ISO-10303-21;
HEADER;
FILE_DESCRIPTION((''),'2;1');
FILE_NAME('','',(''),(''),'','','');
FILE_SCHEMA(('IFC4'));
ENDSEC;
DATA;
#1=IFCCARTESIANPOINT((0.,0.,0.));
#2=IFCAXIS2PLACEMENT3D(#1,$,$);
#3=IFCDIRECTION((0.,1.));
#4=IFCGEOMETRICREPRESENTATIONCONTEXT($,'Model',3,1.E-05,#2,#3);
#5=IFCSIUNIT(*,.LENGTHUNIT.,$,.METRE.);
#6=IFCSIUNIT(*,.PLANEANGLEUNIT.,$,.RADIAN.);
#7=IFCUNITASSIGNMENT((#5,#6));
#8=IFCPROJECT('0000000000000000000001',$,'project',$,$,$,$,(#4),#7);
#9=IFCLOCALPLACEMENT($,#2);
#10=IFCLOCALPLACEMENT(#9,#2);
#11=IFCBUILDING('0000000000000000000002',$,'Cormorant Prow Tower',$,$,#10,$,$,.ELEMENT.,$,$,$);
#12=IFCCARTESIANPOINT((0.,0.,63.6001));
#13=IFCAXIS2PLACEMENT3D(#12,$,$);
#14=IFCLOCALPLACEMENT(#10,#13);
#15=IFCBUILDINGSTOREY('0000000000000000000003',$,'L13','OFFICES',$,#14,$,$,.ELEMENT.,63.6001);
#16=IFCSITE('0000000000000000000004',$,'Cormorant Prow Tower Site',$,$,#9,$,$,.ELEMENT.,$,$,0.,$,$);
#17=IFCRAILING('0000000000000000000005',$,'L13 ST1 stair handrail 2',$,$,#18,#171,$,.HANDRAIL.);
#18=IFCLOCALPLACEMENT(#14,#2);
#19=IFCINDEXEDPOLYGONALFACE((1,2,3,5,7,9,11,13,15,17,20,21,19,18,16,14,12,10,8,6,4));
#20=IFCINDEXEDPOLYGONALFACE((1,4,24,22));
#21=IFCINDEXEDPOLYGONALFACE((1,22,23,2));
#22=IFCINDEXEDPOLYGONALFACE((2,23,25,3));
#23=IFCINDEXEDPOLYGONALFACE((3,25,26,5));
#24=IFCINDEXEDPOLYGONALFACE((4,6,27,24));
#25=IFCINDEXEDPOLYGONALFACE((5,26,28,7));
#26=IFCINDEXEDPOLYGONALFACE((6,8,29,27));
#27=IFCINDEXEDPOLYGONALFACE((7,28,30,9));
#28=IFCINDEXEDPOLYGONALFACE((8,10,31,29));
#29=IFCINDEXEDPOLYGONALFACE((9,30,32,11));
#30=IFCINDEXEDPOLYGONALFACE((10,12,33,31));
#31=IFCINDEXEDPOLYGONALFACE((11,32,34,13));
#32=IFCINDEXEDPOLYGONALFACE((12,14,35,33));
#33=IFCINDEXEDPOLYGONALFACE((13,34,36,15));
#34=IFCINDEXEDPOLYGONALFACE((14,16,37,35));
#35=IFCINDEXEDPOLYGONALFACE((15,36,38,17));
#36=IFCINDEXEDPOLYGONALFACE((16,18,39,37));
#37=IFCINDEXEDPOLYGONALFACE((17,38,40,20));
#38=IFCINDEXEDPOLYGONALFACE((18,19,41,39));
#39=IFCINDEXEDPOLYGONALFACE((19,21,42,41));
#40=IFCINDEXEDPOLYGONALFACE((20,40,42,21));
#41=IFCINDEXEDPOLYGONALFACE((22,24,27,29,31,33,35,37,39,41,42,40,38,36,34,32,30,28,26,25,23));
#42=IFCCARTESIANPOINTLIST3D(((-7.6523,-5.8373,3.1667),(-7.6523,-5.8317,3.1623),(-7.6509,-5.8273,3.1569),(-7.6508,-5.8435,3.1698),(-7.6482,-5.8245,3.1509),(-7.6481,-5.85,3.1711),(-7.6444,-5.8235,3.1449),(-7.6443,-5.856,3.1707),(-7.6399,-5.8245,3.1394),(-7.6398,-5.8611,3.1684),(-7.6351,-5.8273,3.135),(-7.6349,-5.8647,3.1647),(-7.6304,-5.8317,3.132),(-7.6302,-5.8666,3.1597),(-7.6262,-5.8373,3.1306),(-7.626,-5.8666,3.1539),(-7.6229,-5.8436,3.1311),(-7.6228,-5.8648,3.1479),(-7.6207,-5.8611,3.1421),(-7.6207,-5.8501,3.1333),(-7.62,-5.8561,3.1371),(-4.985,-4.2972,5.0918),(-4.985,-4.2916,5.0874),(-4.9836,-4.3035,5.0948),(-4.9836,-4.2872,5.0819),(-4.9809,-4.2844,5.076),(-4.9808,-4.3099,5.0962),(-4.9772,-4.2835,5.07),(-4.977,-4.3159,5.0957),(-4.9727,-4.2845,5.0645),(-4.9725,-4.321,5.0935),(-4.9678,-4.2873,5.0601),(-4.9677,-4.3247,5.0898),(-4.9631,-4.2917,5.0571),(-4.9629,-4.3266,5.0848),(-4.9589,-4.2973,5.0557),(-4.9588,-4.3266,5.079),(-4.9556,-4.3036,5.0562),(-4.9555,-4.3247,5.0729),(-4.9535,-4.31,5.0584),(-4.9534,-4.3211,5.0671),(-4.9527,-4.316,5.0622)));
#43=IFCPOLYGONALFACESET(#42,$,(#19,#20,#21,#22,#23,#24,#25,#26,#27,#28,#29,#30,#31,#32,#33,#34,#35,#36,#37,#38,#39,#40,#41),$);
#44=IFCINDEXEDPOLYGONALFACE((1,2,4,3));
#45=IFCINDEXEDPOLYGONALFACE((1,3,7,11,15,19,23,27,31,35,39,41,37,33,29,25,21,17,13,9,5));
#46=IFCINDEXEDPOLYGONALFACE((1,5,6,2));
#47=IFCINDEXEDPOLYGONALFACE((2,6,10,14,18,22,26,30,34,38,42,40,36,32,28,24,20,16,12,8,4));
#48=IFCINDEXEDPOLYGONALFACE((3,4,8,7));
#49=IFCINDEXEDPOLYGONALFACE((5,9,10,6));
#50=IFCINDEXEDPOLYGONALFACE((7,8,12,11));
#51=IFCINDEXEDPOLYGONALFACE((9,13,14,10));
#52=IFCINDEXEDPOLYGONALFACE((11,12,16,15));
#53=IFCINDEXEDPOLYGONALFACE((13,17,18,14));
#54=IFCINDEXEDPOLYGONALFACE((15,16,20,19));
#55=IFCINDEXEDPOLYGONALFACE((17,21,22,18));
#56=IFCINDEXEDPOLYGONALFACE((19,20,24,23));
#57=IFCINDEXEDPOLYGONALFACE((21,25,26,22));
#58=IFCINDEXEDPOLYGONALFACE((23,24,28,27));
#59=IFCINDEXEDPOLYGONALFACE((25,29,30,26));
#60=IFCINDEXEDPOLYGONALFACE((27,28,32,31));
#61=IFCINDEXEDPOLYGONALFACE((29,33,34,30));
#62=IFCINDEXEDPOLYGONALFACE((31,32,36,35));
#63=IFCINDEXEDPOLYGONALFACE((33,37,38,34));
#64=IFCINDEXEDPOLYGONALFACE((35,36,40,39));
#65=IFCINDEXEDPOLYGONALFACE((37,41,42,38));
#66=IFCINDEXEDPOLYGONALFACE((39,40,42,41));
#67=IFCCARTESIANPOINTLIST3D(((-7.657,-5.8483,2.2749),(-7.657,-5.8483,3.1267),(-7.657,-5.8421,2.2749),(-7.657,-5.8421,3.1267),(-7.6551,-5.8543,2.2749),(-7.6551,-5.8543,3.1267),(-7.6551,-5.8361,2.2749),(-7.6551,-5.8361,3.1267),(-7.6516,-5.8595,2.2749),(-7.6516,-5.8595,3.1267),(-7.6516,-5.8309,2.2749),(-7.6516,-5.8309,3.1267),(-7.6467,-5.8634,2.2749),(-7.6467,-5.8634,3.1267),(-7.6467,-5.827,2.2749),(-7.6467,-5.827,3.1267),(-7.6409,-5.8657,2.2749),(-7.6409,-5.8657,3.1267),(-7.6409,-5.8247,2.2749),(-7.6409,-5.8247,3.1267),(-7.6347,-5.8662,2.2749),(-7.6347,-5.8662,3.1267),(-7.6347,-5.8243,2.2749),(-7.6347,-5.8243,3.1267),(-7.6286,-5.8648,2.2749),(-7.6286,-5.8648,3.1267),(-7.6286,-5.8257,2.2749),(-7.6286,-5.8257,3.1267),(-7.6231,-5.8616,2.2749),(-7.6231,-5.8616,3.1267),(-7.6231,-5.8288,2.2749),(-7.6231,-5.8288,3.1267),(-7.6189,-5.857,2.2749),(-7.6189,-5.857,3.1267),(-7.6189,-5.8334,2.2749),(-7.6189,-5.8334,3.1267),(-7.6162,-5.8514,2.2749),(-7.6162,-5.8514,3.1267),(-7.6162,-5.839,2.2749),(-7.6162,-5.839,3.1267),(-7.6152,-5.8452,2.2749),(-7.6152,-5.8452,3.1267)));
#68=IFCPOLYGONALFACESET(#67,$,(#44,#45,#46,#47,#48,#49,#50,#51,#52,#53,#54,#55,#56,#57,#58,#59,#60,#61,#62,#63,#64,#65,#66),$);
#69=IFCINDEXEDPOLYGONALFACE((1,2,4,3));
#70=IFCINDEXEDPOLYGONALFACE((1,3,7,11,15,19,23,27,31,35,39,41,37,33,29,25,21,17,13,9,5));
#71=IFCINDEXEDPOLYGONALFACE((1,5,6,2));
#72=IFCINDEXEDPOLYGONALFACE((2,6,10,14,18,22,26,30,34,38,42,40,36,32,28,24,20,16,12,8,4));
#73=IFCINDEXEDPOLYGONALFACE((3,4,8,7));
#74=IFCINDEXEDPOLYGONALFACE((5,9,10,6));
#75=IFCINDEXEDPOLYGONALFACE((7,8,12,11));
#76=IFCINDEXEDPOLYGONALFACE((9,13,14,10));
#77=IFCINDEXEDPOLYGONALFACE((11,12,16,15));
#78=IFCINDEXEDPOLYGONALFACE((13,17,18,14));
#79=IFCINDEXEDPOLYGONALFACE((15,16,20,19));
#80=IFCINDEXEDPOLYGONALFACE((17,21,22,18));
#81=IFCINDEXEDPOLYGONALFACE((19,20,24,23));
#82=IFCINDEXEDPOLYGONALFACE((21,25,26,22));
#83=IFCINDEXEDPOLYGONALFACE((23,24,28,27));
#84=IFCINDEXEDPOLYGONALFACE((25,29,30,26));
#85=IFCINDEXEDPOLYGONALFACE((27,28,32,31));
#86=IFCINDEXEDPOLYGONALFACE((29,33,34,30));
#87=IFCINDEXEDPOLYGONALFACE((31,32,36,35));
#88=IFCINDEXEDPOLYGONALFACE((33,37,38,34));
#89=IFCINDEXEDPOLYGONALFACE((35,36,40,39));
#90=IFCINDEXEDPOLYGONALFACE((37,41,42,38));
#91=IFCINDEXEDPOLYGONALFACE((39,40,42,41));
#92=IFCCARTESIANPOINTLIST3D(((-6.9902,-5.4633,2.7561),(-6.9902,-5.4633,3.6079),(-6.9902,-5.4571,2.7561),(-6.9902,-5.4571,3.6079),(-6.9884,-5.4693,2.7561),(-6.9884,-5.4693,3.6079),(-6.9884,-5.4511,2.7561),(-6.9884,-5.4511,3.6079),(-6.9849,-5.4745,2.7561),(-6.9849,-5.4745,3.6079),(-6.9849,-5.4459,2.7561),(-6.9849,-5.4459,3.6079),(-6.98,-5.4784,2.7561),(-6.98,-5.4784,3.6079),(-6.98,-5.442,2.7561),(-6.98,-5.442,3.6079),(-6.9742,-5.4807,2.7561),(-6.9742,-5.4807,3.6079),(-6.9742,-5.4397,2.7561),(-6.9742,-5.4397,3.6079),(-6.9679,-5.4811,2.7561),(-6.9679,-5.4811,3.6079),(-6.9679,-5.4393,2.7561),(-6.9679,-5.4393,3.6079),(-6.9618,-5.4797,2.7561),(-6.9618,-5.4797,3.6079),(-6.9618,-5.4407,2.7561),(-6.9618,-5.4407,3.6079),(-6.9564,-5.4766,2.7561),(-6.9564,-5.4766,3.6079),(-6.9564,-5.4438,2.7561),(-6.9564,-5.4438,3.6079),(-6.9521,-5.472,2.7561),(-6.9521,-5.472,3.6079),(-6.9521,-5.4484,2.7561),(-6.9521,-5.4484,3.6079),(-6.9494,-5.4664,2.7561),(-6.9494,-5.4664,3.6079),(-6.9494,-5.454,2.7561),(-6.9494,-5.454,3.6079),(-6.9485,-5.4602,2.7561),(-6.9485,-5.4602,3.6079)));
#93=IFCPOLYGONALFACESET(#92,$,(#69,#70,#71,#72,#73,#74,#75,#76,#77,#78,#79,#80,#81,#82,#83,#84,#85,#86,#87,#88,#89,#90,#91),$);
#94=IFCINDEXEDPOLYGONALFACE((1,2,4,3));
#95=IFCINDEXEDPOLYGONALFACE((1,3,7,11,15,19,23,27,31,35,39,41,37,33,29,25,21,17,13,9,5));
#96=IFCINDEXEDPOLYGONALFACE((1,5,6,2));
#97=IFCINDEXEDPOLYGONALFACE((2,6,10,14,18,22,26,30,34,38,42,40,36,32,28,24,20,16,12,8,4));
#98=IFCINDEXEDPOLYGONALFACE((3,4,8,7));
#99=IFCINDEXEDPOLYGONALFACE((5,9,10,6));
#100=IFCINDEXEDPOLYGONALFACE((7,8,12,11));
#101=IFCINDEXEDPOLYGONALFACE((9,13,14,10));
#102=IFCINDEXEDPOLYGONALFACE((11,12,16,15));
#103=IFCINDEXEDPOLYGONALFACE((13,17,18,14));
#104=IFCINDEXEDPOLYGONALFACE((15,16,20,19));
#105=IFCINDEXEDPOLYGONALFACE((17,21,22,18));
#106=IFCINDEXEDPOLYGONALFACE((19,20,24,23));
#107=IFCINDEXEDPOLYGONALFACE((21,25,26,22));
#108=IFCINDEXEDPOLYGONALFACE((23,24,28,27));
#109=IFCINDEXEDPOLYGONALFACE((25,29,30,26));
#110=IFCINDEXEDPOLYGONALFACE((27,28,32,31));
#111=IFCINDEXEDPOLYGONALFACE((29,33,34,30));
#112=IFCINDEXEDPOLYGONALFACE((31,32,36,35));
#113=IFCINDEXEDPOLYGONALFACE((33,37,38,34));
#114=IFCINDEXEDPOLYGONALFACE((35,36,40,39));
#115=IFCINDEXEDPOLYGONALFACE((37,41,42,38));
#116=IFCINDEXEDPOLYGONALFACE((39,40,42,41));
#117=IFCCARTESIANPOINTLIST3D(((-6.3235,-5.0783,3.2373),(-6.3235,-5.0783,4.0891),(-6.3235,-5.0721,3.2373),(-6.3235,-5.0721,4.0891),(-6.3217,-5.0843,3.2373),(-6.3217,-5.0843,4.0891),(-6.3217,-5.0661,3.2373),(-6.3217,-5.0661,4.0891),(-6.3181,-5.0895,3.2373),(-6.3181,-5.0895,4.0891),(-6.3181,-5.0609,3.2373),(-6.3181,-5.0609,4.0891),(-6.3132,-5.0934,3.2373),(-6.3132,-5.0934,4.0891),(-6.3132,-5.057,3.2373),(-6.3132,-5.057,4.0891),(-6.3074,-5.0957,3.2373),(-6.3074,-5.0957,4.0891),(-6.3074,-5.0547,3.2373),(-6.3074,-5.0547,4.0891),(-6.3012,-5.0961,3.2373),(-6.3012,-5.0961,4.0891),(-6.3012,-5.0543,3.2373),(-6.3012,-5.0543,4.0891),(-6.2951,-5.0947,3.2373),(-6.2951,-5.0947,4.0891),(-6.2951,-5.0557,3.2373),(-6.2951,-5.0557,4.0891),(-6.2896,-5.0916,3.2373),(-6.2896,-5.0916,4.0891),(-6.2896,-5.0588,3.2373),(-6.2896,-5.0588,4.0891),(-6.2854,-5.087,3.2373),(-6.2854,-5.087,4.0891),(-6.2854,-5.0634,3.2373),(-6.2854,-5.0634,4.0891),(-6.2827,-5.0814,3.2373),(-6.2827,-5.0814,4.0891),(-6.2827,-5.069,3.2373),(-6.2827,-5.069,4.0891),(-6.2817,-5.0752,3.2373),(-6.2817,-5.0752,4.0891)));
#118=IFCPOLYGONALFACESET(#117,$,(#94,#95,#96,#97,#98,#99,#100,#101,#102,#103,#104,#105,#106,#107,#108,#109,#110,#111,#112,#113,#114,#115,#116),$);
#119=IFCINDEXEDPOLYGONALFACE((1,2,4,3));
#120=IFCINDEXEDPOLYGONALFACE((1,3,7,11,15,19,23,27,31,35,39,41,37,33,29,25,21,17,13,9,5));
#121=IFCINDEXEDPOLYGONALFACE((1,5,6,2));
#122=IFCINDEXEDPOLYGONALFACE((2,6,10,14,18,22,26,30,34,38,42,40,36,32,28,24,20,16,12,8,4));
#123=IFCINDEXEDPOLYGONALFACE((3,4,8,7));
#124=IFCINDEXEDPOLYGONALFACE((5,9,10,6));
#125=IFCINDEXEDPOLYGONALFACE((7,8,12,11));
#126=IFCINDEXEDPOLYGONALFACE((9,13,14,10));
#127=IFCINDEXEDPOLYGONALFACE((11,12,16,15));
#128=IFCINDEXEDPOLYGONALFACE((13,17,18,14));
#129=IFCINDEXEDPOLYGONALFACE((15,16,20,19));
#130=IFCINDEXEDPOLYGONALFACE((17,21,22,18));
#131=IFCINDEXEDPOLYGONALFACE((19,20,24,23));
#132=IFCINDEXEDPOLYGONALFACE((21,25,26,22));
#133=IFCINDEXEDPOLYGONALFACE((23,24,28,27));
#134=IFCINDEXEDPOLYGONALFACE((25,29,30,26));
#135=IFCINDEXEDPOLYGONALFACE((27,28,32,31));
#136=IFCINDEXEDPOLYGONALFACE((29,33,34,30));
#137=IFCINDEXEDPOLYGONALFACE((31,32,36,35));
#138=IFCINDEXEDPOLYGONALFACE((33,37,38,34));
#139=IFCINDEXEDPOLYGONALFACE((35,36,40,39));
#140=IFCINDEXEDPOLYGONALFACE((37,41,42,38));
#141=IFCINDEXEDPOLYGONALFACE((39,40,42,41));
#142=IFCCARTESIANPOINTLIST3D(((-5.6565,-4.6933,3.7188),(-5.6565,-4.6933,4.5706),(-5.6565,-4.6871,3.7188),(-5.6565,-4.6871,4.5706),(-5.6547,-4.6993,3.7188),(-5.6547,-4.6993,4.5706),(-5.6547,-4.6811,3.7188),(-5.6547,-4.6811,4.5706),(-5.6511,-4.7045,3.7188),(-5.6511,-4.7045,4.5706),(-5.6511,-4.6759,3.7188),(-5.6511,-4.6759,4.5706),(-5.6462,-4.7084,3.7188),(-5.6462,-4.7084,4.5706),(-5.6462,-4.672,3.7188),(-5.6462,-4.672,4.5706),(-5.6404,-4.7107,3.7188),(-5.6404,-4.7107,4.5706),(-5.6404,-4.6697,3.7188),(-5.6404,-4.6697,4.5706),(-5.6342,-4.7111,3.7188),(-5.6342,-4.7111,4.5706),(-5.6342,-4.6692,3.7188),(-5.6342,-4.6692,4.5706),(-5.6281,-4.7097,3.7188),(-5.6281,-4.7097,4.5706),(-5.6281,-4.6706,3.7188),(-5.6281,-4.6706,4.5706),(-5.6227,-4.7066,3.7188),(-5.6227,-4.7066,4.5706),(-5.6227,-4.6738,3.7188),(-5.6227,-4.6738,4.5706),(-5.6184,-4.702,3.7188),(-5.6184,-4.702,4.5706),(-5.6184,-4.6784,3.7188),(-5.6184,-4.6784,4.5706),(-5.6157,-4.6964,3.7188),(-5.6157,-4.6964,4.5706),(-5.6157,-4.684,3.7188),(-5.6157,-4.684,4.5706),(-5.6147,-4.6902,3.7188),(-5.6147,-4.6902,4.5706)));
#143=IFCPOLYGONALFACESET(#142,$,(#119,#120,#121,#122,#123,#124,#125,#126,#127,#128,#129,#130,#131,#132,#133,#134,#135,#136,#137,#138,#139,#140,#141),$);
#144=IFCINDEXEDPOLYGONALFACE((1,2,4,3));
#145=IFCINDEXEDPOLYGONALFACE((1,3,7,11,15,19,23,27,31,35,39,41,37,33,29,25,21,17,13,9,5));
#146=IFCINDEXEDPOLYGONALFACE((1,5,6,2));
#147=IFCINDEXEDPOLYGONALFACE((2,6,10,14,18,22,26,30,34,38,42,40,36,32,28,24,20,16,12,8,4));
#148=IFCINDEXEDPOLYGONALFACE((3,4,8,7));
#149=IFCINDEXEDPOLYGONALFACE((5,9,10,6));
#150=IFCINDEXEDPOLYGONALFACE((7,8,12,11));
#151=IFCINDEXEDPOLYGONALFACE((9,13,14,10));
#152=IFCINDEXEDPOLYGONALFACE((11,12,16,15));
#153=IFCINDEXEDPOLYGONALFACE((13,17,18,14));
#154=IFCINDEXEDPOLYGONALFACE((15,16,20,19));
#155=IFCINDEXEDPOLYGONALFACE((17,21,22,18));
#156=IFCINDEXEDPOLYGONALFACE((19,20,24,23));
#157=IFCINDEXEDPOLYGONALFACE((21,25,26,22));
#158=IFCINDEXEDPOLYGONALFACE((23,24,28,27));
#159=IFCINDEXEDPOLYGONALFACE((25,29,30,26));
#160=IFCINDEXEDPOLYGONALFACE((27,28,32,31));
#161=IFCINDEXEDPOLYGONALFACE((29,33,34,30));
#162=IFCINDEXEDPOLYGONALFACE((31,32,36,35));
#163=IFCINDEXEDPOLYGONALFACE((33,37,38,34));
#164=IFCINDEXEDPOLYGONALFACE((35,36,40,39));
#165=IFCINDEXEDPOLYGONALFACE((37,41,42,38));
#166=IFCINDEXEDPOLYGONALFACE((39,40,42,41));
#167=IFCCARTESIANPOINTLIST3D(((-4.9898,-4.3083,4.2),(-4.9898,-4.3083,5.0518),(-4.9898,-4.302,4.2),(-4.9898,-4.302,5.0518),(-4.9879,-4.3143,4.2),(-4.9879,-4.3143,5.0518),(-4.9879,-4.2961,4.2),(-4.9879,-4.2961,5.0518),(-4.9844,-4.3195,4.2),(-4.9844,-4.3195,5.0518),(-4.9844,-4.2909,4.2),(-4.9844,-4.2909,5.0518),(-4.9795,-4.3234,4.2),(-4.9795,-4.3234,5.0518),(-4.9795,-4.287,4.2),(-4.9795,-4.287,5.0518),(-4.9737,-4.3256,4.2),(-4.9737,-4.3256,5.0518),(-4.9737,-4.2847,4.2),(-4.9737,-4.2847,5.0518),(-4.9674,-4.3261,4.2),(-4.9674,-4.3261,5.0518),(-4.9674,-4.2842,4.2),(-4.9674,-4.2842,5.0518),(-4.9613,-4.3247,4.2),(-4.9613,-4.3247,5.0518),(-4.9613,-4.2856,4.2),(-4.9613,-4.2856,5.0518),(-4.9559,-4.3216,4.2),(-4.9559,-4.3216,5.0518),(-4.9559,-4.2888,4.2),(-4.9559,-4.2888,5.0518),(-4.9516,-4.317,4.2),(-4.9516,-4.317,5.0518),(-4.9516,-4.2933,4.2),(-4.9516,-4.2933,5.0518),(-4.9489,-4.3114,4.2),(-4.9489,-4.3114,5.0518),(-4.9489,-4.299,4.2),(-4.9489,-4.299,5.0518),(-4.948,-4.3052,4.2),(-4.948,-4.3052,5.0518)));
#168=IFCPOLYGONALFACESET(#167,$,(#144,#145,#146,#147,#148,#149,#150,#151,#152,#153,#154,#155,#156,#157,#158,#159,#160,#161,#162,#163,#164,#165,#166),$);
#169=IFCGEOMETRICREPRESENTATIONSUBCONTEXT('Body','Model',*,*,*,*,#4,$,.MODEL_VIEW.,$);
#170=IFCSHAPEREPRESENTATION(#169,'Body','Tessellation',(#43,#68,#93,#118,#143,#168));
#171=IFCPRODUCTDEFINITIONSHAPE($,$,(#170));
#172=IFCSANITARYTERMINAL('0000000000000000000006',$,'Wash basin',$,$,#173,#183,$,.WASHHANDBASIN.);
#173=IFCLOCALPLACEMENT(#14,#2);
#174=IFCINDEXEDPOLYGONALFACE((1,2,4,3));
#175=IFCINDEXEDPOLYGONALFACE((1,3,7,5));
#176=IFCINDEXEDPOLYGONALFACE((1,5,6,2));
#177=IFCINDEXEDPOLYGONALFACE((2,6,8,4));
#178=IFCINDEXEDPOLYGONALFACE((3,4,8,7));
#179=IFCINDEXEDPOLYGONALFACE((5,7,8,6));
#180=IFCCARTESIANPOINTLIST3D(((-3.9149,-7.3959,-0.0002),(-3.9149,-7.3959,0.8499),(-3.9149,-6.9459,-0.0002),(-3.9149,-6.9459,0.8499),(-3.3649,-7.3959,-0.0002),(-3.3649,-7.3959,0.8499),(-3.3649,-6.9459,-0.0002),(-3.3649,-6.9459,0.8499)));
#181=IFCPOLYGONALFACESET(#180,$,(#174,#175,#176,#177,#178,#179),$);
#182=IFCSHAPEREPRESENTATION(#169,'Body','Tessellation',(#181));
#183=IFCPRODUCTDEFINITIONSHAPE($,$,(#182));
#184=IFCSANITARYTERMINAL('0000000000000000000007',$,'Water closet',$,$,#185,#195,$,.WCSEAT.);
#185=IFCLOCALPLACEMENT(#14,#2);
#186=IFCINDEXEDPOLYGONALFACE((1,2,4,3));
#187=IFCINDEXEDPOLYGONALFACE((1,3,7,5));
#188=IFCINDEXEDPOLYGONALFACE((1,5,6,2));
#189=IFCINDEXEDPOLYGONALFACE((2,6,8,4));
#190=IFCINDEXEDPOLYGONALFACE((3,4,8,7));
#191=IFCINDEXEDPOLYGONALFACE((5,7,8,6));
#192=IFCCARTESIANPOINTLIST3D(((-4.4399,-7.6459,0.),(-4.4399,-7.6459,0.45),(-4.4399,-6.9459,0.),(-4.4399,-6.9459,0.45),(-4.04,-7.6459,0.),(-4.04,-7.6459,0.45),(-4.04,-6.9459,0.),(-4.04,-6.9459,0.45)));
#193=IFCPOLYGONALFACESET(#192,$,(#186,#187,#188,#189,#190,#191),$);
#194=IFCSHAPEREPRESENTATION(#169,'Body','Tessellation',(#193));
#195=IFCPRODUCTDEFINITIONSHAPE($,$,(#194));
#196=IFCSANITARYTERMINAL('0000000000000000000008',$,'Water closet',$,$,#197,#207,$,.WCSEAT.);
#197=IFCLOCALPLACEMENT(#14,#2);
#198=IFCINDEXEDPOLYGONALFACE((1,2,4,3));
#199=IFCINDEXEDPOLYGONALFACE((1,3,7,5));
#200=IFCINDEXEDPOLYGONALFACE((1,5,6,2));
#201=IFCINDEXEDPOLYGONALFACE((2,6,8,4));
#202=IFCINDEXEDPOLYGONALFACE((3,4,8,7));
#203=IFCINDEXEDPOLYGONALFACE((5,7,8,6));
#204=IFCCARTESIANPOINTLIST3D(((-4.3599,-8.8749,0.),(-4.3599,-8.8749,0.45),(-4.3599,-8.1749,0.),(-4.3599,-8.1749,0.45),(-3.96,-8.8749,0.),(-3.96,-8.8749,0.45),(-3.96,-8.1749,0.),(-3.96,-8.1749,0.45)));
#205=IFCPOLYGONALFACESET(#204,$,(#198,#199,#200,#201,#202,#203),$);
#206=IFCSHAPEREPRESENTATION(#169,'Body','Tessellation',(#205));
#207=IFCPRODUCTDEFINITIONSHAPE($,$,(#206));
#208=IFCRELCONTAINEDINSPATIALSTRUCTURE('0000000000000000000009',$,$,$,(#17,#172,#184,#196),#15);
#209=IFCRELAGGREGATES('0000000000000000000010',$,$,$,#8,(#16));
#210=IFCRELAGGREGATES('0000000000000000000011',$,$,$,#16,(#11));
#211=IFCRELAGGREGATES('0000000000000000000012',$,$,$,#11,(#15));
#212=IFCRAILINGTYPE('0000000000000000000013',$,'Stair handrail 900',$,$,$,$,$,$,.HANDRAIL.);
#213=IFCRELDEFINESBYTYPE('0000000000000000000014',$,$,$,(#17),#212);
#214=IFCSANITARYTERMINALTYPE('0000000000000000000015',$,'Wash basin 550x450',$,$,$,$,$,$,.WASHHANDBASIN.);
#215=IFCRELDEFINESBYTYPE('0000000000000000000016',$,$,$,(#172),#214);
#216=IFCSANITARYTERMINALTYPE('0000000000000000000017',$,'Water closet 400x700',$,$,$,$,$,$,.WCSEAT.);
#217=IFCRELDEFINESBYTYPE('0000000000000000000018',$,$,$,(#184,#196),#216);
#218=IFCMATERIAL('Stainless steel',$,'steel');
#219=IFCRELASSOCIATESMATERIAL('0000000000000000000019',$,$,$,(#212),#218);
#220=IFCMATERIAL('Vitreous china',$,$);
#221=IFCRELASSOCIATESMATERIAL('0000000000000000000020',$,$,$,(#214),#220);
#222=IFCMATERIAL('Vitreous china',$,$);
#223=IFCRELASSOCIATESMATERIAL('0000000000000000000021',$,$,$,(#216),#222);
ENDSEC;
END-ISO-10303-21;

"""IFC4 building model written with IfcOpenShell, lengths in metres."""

from ifc_helpers import new_model, si_unit, direction, frame, origin, origin_2d, place, context, subcontext, project, spatial, rectangle, circle, extrude, material, type_object, element, save


model = new_model("IFC4")

# Units and contexts
model_context = context("Model", 3, precision=1e-05, world=origin(), true_north=direction((0.0, 1.0)))
body_context = subcontext(model_context, "Body", "Model", "MODEL_VIEW")
ifc_project = project(units=[si_unit("LENGTHUNIT", "METRE"), si_unit("PLANEANGLEUNIT", "RADIAN")], contexts=[model_context])

# Site, building, storey
site_placement = place(None, origin())
site = spatial("IfcSite", under=ifc_project, at=site_placement, Name="Cormorant Prow Tower Site", CompositionType="ELEMENT", RefElevation=0.0)
building_placement = place(site_placement, origin())
building = spatial("IfcBuilding", under=site, at=building_placement, Name="Cormorant Prow Tower", CompositionType="ELEMENT")
storey_placement = place(building_placement, frame((0.0, 0.0, 63.6001)))
storey = spatial("IfcBuildingStorey", under=building, at=storey_placement, Name="L13", Description="OFFICES", CompositionType="ELEMENT", Elevation=63.6001)

# Railing
ifc_material_1 = material(Name="Stainless steel", Category="steel")
railing_type_1 = type_object("IfcRailingType", Name="Stair handrail 900", PredefinedType="HANDRAIL", material=ifc_material_1)
railing_1_placement = place(storey_placement, frame((-7.6362, -5.8452, 2.2749)))
element("IfcRailing", 1, at=railing_1_placement, inside=storey, type_object=railing_type_1, Name="L13 ST1 stair handrail 2", PredefinedType="HANDRAIL", context=body_context, shape_type="SweptSolid", body=[
    extrude(circle(Radius=0.0239, at=origin_2d()), frame((0.0, 0.0, 0.876), z_axis=(0.734364, 0.424015, 0.530019), x_axis=(-0.500027, 0.86601, 0.0)), (0.0, 0.0, 1.0), 3.6321),
    extrude(circle(Radius=0.021, at=origin_2d()), origin(), (0.0, 0.0, 1.0), 0.8518),
    extrude(circle(Radius=0.021, at=origin_2d()), frame((0.6667, 0.385, 0.4812)), (0.0, 0.0, 1.0), 0.8518),
    extrude(circle(Radius=0.021, at=origin_2d()), frame((1.3335, 0.77, 0.9624)), (0.0, 0.0, 1.0), 0.8518),
    extrude(circle(Radius=0.021, at=origin_2d()), frame((2.0005, 1.155, 1.4438)), (0.0, 0.0, 1.0), 0.8518),
    extrude(circle(Radius=0.021, at=origin_2d()), frame((2.6672, 1.54, 1.925)), (0.0, 0.0, 1.0), 0.8518),
])

# Sanitary terminals
ifc_material_2 = material(Name="Vitreous china")
sanitary_terminal_type_1 = type_object("IfcSanitaryTerminalType", Name="Wash basin 550x450", PredefinedType="WASHHANDBASIN", material=ifc_material_2)
sanitary_terminal_placement = place(storey_placement, frame((-3.6399, -7.1709, -0.0002), z_axis=(0.0, 0.0, 1.0), x_axis=(-1.0, 0.0, 0.0)))
element("IfcSanitaryTerminal", 2, at=sanitary_terminal_placement, inside=storey, type_object=sanitary_terminal_type_1, Name="Wash basin", PredefinedType="WASHHANDBASIN", context=body_context, shape_type="SweptSolid", body=[
    extrude(rectangle(XDim=0.55, YDim=0.45, at=origin_2d()), origin(), (0.0, 0.0, 1.0), 0.8501),
])
ifc_material_3 = material(Name="Vitreous china")
sanitary_terminal_type_2 = type_object("IfcSanitaryTerminalType", Name="Water closet 400x700", PredefinedType="WCSEAT", material=ifc_material_3)
for number, where, z_axis, x_axis, name in (
    (3, (-4.24, -7.2959, 0.0), (0.0, 0.0, 1.0), (-1.0, 0.0, 0.0), "Water closet"),
    (4, (-4.1599, -8.5249, 0.0), (0.0, 0.0, 1.0), (1.0, 0.0, 0.0), "Water closet"),
):
    element("IfcSanitaryTerminal", number, at=place(storey_placement, frame(where, z_axis=z_axis, x_axis=x_axis)), inside=storey, type_object=sanitary_terminal_type_2, Name=name, PredefinedType="WCSEAT", context=body_context, shape_type="SweptSolid", body=[
        extrude(rectangle(XDim=0.3999, YDim=0.7, at=origin_2d()), origin(), (0.0, 0.0, 1.0), 0.45),
    ])

save(model, "model.ifc")
